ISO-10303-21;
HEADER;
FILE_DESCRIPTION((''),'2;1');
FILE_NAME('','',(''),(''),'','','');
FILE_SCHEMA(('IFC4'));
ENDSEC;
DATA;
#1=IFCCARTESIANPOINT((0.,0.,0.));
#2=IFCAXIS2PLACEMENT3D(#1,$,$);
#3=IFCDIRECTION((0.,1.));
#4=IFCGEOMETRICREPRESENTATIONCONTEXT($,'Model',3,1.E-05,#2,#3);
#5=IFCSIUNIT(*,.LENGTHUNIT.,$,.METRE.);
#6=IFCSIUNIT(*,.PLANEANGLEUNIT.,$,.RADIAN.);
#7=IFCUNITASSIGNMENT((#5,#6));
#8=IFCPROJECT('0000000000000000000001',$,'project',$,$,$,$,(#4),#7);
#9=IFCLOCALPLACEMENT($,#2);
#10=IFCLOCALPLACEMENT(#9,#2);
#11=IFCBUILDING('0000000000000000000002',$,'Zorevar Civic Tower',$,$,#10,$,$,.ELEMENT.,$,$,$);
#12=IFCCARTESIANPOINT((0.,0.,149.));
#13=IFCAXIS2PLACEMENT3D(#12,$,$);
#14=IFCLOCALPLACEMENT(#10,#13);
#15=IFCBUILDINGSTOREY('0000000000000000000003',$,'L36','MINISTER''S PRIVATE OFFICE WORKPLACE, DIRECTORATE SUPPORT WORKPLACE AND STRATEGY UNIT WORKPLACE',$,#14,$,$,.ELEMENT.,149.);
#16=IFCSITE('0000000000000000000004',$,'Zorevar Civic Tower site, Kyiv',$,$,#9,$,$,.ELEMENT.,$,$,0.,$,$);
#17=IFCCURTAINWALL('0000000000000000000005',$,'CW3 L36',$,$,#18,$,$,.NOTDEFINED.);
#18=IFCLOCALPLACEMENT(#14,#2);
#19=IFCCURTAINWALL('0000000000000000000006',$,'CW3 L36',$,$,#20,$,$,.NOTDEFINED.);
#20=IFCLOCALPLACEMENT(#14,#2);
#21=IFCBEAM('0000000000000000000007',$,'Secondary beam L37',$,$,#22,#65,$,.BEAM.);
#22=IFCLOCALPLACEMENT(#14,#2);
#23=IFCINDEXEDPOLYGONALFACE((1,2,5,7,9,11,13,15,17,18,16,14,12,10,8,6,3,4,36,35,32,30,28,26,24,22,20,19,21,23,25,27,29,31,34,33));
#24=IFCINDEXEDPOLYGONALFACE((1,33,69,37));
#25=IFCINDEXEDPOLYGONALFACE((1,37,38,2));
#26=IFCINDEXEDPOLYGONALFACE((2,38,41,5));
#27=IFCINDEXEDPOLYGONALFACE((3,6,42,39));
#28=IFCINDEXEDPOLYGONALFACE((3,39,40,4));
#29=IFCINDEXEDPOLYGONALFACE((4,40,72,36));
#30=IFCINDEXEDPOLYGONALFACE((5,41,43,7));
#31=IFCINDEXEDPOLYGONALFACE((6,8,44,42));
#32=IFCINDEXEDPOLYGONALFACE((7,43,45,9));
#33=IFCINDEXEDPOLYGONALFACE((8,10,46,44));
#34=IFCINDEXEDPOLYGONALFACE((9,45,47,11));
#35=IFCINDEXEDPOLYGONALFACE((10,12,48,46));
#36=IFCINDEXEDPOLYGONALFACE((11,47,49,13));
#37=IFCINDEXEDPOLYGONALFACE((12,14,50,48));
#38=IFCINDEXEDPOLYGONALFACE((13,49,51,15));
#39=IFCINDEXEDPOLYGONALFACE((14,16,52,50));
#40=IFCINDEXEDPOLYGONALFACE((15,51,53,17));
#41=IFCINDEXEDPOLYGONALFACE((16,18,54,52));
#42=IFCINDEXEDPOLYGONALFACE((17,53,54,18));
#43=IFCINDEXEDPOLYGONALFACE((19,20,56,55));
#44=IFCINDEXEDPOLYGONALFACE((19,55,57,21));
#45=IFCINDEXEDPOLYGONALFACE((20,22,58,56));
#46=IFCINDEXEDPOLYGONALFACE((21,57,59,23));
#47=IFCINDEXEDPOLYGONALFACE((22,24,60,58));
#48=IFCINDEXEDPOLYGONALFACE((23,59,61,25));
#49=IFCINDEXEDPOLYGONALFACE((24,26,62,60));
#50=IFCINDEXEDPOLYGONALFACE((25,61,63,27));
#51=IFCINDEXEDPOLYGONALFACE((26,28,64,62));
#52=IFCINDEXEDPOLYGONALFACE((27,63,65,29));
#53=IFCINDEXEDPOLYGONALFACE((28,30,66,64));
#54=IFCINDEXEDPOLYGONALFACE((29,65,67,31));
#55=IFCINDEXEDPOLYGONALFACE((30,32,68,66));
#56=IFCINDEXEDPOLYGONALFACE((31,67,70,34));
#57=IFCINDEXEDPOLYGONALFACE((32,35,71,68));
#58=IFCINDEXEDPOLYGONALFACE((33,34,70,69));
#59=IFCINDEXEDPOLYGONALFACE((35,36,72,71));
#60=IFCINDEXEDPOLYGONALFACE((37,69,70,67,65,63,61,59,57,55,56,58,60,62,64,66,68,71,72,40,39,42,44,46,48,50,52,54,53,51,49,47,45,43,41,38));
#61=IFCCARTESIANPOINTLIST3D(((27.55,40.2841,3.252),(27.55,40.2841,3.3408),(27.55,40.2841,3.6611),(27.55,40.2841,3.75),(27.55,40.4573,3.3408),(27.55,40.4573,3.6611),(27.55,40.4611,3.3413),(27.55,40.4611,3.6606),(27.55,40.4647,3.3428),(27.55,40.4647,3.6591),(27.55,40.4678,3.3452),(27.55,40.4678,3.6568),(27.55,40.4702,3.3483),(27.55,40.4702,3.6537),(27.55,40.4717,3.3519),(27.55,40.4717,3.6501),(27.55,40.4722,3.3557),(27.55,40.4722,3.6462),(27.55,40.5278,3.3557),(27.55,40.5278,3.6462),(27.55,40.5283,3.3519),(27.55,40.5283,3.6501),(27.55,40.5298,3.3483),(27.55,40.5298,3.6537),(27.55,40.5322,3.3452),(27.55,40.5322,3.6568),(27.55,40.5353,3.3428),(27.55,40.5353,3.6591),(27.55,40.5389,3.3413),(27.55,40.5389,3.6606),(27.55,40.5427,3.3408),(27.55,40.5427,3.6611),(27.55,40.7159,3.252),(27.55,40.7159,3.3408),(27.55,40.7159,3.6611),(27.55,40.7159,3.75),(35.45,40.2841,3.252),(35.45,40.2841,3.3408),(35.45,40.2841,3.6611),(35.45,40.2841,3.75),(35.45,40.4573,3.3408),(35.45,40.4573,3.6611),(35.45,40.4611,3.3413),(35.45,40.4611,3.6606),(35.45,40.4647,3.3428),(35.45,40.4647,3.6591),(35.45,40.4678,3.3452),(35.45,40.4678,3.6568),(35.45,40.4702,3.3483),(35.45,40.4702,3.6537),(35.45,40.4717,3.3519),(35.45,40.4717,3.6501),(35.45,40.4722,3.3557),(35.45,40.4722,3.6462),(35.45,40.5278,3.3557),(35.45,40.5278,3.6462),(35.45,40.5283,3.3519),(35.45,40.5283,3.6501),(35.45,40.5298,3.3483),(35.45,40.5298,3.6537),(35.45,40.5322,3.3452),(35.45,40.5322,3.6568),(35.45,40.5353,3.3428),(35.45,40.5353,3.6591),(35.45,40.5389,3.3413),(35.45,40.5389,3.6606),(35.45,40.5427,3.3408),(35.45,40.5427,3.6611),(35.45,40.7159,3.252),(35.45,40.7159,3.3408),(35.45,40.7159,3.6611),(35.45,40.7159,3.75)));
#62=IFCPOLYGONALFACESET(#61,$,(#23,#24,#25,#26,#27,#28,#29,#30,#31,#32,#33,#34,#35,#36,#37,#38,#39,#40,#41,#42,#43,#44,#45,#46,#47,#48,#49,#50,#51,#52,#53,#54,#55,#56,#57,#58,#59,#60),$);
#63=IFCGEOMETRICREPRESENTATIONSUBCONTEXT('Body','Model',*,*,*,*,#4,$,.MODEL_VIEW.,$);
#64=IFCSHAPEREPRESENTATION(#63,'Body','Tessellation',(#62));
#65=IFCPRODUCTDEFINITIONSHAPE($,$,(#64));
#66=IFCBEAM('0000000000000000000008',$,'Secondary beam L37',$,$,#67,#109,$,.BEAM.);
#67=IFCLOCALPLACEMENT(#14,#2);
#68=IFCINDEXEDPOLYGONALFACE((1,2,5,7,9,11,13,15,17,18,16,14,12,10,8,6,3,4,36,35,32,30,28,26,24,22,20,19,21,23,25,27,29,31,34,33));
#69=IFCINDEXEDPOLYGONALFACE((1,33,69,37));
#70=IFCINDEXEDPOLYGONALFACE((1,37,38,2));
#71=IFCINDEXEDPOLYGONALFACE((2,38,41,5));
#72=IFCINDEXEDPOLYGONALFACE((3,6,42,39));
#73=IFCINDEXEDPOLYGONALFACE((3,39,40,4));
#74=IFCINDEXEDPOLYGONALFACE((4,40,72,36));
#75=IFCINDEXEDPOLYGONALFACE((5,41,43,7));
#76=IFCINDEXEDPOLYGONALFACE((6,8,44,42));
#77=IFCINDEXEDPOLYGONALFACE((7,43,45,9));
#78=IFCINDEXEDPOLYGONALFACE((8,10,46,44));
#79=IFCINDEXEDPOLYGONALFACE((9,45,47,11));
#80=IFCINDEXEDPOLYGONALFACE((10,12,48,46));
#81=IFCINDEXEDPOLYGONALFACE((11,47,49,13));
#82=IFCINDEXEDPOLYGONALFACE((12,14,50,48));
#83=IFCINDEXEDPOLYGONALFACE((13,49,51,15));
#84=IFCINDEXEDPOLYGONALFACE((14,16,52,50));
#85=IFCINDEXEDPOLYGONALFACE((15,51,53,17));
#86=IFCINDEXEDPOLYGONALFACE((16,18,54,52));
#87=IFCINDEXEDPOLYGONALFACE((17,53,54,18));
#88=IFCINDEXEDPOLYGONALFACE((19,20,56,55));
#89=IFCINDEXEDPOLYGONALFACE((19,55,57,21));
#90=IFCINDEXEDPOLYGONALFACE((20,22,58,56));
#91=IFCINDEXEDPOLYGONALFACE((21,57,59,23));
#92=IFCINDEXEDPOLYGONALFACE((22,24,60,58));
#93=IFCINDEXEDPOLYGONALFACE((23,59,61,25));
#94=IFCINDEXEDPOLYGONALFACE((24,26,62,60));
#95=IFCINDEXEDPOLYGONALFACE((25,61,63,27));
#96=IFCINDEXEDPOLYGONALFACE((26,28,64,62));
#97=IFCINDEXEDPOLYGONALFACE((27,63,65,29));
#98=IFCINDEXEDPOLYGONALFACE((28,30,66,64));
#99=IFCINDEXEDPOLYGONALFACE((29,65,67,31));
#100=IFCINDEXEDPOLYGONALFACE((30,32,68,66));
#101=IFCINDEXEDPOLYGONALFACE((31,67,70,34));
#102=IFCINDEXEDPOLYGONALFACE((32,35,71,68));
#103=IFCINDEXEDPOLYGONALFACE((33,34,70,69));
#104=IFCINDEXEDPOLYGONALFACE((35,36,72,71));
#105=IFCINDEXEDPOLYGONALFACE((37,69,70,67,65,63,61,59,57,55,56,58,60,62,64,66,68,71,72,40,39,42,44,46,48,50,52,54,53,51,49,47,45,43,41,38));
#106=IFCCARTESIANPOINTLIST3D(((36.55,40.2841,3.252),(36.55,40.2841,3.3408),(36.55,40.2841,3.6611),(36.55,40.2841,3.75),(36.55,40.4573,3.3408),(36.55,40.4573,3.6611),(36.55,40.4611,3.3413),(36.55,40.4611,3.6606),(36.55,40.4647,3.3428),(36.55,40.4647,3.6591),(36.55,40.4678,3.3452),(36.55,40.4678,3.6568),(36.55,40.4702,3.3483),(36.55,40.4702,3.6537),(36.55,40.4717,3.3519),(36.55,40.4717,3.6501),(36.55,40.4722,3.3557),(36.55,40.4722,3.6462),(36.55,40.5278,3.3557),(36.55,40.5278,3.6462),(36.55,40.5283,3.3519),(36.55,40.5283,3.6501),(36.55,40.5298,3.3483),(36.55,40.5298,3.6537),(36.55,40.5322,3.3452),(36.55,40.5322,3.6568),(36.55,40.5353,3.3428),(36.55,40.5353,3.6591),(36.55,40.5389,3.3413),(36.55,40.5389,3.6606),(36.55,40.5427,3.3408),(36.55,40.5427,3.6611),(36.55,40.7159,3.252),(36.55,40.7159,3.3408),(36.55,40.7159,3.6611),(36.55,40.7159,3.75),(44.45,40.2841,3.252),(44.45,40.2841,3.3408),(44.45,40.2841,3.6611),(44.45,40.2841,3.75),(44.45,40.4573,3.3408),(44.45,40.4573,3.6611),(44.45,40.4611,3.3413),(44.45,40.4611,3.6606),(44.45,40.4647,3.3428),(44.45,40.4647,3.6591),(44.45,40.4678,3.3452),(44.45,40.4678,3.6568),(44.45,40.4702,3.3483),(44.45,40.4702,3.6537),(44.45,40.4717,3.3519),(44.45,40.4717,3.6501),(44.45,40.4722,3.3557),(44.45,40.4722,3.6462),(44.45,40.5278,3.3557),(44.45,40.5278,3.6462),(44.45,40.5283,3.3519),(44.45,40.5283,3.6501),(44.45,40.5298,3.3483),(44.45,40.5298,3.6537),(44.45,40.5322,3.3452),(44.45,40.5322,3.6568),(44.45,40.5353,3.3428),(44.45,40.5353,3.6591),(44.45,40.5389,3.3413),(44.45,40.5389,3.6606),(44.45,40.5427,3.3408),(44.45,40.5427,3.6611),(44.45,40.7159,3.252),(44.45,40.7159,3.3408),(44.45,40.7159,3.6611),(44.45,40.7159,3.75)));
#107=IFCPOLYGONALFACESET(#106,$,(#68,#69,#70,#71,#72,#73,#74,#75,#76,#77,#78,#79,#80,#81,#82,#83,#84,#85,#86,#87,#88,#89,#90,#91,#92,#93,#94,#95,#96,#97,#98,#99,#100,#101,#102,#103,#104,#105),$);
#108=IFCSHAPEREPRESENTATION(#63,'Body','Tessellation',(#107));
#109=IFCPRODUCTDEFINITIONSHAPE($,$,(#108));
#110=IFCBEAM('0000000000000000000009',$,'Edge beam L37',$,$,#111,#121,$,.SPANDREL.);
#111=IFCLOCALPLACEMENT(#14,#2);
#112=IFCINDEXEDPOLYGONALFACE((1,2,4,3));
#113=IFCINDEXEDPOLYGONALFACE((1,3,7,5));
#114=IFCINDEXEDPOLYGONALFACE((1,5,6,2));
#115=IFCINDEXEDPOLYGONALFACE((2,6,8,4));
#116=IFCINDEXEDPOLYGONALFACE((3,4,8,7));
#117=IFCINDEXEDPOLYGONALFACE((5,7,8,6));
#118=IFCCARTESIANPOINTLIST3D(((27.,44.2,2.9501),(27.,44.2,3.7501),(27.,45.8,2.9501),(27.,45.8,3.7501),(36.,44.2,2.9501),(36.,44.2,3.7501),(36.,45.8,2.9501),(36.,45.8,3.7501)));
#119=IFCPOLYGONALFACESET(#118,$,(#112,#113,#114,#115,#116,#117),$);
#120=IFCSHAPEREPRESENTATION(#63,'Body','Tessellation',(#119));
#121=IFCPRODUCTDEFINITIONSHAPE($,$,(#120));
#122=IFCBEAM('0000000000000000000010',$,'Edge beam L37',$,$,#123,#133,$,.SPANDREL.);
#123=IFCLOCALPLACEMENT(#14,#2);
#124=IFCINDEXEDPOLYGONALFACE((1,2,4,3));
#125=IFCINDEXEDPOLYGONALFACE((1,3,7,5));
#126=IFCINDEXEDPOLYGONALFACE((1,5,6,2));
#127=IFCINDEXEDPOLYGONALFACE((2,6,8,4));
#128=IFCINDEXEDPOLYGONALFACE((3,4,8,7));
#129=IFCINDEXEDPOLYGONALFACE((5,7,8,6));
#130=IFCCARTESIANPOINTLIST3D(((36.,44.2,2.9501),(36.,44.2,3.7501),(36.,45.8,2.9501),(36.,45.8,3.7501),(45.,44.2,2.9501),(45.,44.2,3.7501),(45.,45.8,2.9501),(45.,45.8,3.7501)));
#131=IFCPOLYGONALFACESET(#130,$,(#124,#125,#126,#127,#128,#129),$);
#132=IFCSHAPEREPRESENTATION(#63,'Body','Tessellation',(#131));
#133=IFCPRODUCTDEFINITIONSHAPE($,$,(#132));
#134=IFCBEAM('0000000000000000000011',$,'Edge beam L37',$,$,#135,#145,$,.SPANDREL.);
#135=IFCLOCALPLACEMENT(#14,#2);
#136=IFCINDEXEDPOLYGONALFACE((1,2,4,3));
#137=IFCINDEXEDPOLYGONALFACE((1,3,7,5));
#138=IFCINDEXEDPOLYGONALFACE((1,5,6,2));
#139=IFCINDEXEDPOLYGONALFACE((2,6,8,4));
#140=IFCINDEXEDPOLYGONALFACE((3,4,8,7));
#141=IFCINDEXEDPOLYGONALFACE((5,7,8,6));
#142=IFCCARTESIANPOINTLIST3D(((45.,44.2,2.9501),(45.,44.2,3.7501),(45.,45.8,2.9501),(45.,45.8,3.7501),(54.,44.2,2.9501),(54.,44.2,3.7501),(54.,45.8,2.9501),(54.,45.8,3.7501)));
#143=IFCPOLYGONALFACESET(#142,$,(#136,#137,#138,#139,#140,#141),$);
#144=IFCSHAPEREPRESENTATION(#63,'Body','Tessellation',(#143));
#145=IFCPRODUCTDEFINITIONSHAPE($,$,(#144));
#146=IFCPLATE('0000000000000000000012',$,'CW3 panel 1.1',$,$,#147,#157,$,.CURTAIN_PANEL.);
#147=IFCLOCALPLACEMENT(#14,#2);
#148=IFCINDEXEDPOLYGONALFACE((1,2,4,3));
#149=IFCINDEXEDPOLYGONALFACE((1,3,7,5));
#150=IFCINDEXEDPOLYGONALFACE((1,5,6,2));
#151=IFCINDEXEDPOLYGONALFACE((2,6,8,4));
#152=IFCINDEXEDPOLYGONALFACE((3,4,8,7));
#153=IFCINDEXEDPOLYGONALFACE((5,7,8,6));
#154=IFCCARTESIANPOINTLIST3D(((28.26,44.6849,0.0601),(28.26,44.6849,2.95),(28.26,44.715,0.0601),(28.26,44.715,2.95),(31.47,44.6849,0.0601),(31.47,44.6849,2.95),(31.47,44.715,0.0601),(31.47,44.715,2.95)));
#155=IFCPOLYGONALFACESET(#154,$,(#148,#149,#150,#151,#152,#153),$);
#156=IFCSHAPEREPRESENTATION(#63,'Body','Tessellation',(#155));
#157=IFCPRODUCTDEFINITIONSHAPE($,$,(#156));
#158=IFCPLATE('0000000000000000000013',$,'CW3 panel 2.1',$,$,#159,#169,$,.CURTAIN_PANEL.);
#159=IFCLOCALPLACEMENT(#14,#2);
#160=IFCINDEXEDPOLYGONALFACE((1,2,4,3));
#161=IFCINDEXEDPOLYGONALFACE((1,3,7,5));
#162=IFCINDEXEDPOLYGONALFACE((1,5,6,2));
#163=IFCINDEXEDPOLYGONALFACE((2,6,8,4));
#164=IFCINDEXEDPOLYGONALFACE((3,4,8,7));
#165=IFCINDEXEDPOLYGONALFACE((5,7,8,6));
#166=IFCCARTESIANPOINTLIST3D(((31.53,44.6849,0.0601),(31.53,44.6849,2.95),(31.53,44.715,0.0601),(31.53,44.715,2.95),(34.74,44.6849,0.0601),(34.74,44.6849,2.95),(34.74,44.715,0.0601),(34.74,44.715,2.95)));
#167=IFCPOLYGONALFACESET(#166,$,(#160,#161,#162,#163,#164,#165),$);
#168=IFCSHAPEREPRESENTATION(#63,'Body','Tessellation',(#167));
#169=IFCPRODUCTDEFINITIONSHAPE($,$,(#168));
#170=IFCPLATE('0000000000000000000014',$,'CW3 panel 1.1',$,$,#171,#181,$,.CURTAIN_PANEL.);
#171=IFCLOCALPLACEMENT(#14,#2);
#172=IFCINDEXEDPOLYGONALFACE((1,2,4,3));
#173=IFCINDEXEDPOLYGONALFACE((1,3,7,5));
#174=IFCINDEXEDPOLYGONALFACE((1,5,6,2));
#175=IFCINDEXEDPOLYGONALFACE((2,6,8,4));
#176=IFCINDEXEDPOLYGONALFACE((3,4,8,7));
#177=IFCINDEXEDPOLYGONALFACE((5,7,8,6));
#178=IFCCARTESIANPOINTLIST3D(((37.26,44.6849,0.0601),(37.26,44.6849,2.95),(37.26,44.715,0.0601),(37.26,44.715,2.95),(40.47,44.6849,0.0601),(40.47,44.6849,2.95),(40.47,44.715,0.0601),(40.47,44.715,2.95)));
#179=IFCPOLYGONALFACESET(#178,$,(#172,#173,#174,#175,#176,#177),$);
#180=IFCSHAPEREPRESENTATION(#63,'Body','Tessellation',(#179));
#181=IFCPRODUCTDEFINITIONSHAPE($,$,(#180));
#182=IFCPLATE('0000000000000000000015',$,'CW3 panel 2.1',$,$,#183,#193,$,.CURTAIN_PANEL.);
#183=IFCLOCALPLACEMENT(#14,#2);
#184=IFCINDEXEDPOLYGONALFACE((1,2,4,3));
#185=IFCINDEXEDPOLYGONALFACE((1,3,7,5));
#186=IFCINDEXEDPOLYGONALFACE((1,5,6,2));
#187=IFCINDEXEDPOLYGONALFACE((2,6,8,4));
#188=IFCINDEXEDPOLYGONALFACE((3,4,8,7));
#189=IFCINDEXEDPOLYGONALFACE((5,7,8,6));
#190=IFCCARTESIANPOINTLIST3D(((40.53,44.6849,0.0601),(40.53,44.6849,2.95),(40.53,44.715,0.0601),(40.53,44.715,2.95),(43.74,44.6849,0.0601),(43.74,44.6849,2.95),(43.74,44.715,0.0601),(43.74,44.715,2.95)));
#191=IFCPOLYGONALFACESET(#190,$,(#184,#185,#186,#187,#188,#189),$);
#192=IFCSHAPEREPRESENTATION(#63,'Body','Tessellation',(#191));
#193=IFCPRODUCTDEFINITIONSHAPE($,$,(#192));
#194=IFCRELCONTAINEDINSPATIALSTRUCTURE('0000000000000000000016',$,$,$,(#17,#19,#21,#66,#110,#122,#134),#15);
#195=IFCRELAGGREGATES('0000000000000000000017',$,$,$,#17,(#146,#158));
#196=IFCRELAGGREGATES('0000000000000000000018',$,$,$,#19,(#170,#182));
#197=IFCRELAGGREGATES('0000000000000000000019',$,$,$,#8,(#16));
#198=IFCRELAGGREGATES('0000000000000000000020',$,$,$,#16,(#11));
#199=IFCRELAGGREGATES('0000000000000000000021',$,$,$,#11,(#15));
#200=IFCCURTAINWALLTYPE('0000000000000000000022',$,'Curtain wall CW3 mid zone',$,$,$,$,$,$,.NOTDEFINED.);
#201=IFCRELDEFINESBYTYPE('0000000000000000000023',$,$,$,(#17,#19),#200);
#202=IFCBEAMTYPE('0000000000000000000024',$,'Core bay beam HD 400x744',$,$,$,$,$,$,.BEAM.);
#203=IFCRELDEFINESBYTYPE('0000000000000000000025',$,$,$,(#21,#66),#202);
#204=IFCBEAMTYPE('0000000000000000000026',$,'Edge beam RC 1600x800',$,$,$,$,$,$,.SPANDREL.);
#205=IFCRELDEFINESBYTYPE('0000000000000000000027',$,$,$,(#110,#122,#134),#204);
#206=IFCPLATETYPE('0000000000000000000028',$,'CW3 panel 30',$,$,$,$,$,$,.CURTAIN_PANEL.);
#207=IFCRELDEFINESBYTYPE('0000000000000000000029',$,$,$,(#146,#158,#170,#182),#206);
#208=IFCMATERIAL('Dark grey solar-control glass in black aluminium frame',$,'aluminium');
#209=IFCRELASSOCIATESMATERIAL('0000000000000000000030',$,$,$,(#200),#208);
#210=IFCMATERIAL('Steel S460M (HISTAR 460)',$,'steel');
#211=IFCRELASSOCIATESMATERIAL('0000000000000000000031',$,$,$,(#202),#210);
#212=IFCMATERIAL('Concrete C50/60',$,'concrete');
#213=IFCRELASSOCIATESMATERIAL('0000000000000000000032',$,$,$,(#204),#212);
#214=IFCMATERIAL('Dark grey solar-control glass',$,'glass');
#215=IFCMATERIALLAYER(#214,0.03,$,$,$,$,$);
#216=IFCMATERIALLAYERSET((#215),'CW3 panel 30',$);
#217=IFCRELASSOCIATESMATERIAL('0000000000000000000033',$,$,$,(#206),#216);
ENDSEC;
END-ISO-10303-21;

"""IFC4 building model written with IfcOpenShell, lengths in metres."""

from ifc_helpers import new_model, si_unit, direction, frame, origin, origin_2d, place, context, subcontext, project, spatial, rectangle, i_section, extrude, material, layer, layer_set, material_profile, profile_set, type_object, element, aggregate, save


model = new_model("IFC4")

# Units and contexts
model_context = context("Model", 3, precision=1e-05, world=origin(), true_north=direction((0.0, 1.0)))
body_context = subcontext(model_context, "Body", "Model", "MODEL_VIEW")
ifc_project = project(units=[si_unit("LENGTHUNIT", "METRE"), si_unit("PLANEANGLEUNIT", "RADIAN")], contexts=[model_context])

# Site, building, storey
site_placement = place(None, origin())
site = spatial("IfcSite", under=ifc_project, at=site_placement, Name="Zorevar Civic Tower site, Kyiv", CompositionType="ELEMENT", RefElevation=0.0)
building_placement = place(site_placement, origin())
building = spatial("IfcBuilding", under=site, at=building_placement, Name="Zorevar Civic Tower", CompositionType="ELEMENT")
storey_placement = place(building_placement, frame((0.0, 0.0, 149.0)))
storey = spatial("IfcBuildingStorey", under=building, at=storey_placement, Name="L36", Description="MINISTER'S PRIVATE OFFICE WORKPLACE, DIRECTORATE SUPPORT WORKPLACE AND STRATEGY UNIT WORKPLACE", CompositionType="ELEMENT", Elevation=149.0)

# Curtain walls
ifc_material_1 = material(Name="Dark grey solar-control glass in black aluminium frame", Category="aluminium")
curtain_wall_type = type_object("IfcCurtainWallType", Name="Curtain wall CW3 mid zone", PredefinedType="NOTDEFINED", material=ifc_material_1)
curtain_wall_1_placement = place(storey_placement, origin())
curtain_wall_1 = element("IfcCurtainWall", 1, at=curtain_wall_1_placement, inside=storey, type_object=curtain_wall_type, Name="CW3 L36", PredefinedType="NOTDEFINED")
curtain_wall_2_placement = place(storey_placement, origin())
curtain_wall_2 = element("IfcCurtainWall", 2, at=curtain_wall_2_placement, inside=storey, type_object=curtain_wall_type, Name="CW3 L36", PredefinedType="NOTDEFINED")

# Beams
ifc_material_2 = material(Name="Steel S460M (HISTAR 460)", Category="steel")
ifc_material_profile_1 = material_profile(ifc_material_2, i_section(OverallWidth=0.4319, OverallDepth=0.498, WebThickness=0.0557, FlangeThickness=0.0889, FilletRadius=0.0149, at=origin_2d()), Name="HD 400x744")
ifc_profile_set_1 = profile_set([ifc_material_profile_1], Name="Steel S460M (HISTAR 460)")
beam_type_1 = type_object("IfcBeamType", Name="Core bay beam HD 400x744", PredefinedType="BEAM", material=ifc_profile_set_1)
for number, where, z_axis, x_axis, name in (
    (3, (27.55, 40.5, 3.501), (1.0, 0.0, 0.0), (0.0, 1.0, 0.0), "Secondary beam L37"),
    (4, (36.55, 40.5, 3.501), (1.0, 0.0, 0.0), (0.0, 1.0, 0.0), "Secondary beam L37"),
):
    element("IfcBeam", number, at=place(storey_placement, frame(where, z_axis=z_axis, x_axis=x_axis)), inside=storey, type_object=beam_type_1, Name=name, PredefinedType="BEAM", context=body_context, shape_type="SweptSolid", body=[
        extrude(i_section(OverallWidth=0.4319, OverallDepth=0.498, WebThickness=0.0557, FlangeThickness=0.0889, FilletRadius=0.0149, at=origin_2d()), origin(), (0.0, 0.0, 1.0), 7.8999),
    ])
ifc_material_3 = material(Name="Concrete C50/60", Category="concrete")
ifc_material_profile_2 = material_profile(ifc_material_3, rectangle(XDim=1.6001, YDim=0.8, at=origin_2d()), Name="RC 1600x800")
ifc_profile_set_2 = profile_set([ifc_material_profile_2], Name="Concrete C50/60")
beam_type_2 = type_object("IfcBeamType", Name="Edge beam RC 1600x800", PredefinedType="SPANDREL", material=ifc_profile_set_2)
for number, where, z_axis, x_axis, name in (
    (5, (27.0, 45.0, 3.3501), (1.0, 0.0, 0.0), (0.0, 1.0, 0.0), "Edge beam L37"),
    (6, (36.0, 45.0, 3.3501), (1.0, 0.0, 0.0), (0.0, 1.0, 0.0), "Edge beam L37"),
    (7, (45.0, 45.0, 3.3501), (1.0, 0.0, 0.0), (0.0, 1.0, 0.0), "Edge beam L37"),
):
    element("IfcBeam", number, at=place(storey_placement, frame(where, z_axis=z_axis, x_axis=x_axis)), inside=storey, type_object=beam_type_2, Name=name, PredefinedType="SPANDREL", context=body_context, shape_type="SweptSolid", body=[
        extrude(rectangle(XDim=1.6001, YDim=0.8, at=origin_2d()), origin(), (0.0, 0.0, 1.0), 9.0),
    ])

# Plates
ifc_material_4 = material(Name="Dark grey solar-control glass", Category="glass")
ifc_layer_1 = layer(ifc_material_4, 0.03)
ifc_layer_set_1 = layer_set([ifc_layer_1], Name="CW3 panel 30")
plate_type = type_object("IfcPlateType", Name="CW3 panel 30", PredefinedType="CURTAIN_PANEL", material=ifc_layer_set_1)
plate_1_placement = place(storey_placement, frame((29.865, 44.7, 0.0601), z_axis=(0.0, 0.0, 1.0), x_axis=(1.0, 0.0, 0.0)))
plate_1 = element("IfcPlate", 8, at=plate_1_placement, type_object=plate_type, Name="CW3 panel 1.1", PredefinedType="CURTAIN_PANEL", context=body_context, shape_type="SweptSolid", body=[
    extrude(rectangle(XDim=3.21, YDim=0.03, at=origin_2d()), origin(), (0.0, 0.0, 1.0), 2.8899),
])
plate_2_placement = place(storey_placement, frame((33.135, 44.7, 0.0601), z_axis=(0.0, 0.0, 1.0), x_axis=(1.0, 0.0, 0.0)))
plate_2 = element("IfcPlate", 9, at=plate_2_placement, type_object=plate_type, Name="CW3 panel 2.1", PredefinedType="CURTAIN_PANEL", context=body_context, shape_type="SweptSolid", body=[
    extrude(rectangle(XDim=3.21, YDim=0.03, at=origin_2d()), origin(), (0.0, 0.0, 1.0), 2.8899),
])
aggregate(curtain_wall_1, [plate_1, plate_2])
plate_3_placement = place(storey_placement, frame((38.865, 44.7, 0.0601), z_axis=(0.0, 0.0, 1.0), x_axis=(1.0, 0.0, 0.0)))
plate_3 = element("IfcPlate", 10, at=plate_3_placement, type_object=plate_type, Name="CW3 panel 1.1", PredefinedType="CURTAIN_PANEL", context=body_context, shape_type="SweptSolid", body=[
    extrude(rectangle(XDim=3.21, YDim=0.03, at=origin_2d()), origin(), (0.0, 0.0, 1.0), 2.8899),
])
plate_4_placement = place(storey_placement, frame((42.135, 44.7, 0.0601), z_axis=(0.0, 0.0, 1.0), x_axis=(1.0, 0.0, 0.0)))
plate_4 = element("IfcPlate", 11, at=plate_4_placement, type_object=plate_type, Name="CW3 panel 2.1", PredefinedType="CURTAIN_PANEL", context=body_context, shape_type="SweptSolid", body=[
    extrude(rectangle(XDim=3.21, YDim=0.03, at=origin_2d()), origin(), (0.0, 0.0, 1.0), 2.8899),
])
aggregate(curtain_wall_2, [plate_3, plate_4])

save(model, "model.ifc")
